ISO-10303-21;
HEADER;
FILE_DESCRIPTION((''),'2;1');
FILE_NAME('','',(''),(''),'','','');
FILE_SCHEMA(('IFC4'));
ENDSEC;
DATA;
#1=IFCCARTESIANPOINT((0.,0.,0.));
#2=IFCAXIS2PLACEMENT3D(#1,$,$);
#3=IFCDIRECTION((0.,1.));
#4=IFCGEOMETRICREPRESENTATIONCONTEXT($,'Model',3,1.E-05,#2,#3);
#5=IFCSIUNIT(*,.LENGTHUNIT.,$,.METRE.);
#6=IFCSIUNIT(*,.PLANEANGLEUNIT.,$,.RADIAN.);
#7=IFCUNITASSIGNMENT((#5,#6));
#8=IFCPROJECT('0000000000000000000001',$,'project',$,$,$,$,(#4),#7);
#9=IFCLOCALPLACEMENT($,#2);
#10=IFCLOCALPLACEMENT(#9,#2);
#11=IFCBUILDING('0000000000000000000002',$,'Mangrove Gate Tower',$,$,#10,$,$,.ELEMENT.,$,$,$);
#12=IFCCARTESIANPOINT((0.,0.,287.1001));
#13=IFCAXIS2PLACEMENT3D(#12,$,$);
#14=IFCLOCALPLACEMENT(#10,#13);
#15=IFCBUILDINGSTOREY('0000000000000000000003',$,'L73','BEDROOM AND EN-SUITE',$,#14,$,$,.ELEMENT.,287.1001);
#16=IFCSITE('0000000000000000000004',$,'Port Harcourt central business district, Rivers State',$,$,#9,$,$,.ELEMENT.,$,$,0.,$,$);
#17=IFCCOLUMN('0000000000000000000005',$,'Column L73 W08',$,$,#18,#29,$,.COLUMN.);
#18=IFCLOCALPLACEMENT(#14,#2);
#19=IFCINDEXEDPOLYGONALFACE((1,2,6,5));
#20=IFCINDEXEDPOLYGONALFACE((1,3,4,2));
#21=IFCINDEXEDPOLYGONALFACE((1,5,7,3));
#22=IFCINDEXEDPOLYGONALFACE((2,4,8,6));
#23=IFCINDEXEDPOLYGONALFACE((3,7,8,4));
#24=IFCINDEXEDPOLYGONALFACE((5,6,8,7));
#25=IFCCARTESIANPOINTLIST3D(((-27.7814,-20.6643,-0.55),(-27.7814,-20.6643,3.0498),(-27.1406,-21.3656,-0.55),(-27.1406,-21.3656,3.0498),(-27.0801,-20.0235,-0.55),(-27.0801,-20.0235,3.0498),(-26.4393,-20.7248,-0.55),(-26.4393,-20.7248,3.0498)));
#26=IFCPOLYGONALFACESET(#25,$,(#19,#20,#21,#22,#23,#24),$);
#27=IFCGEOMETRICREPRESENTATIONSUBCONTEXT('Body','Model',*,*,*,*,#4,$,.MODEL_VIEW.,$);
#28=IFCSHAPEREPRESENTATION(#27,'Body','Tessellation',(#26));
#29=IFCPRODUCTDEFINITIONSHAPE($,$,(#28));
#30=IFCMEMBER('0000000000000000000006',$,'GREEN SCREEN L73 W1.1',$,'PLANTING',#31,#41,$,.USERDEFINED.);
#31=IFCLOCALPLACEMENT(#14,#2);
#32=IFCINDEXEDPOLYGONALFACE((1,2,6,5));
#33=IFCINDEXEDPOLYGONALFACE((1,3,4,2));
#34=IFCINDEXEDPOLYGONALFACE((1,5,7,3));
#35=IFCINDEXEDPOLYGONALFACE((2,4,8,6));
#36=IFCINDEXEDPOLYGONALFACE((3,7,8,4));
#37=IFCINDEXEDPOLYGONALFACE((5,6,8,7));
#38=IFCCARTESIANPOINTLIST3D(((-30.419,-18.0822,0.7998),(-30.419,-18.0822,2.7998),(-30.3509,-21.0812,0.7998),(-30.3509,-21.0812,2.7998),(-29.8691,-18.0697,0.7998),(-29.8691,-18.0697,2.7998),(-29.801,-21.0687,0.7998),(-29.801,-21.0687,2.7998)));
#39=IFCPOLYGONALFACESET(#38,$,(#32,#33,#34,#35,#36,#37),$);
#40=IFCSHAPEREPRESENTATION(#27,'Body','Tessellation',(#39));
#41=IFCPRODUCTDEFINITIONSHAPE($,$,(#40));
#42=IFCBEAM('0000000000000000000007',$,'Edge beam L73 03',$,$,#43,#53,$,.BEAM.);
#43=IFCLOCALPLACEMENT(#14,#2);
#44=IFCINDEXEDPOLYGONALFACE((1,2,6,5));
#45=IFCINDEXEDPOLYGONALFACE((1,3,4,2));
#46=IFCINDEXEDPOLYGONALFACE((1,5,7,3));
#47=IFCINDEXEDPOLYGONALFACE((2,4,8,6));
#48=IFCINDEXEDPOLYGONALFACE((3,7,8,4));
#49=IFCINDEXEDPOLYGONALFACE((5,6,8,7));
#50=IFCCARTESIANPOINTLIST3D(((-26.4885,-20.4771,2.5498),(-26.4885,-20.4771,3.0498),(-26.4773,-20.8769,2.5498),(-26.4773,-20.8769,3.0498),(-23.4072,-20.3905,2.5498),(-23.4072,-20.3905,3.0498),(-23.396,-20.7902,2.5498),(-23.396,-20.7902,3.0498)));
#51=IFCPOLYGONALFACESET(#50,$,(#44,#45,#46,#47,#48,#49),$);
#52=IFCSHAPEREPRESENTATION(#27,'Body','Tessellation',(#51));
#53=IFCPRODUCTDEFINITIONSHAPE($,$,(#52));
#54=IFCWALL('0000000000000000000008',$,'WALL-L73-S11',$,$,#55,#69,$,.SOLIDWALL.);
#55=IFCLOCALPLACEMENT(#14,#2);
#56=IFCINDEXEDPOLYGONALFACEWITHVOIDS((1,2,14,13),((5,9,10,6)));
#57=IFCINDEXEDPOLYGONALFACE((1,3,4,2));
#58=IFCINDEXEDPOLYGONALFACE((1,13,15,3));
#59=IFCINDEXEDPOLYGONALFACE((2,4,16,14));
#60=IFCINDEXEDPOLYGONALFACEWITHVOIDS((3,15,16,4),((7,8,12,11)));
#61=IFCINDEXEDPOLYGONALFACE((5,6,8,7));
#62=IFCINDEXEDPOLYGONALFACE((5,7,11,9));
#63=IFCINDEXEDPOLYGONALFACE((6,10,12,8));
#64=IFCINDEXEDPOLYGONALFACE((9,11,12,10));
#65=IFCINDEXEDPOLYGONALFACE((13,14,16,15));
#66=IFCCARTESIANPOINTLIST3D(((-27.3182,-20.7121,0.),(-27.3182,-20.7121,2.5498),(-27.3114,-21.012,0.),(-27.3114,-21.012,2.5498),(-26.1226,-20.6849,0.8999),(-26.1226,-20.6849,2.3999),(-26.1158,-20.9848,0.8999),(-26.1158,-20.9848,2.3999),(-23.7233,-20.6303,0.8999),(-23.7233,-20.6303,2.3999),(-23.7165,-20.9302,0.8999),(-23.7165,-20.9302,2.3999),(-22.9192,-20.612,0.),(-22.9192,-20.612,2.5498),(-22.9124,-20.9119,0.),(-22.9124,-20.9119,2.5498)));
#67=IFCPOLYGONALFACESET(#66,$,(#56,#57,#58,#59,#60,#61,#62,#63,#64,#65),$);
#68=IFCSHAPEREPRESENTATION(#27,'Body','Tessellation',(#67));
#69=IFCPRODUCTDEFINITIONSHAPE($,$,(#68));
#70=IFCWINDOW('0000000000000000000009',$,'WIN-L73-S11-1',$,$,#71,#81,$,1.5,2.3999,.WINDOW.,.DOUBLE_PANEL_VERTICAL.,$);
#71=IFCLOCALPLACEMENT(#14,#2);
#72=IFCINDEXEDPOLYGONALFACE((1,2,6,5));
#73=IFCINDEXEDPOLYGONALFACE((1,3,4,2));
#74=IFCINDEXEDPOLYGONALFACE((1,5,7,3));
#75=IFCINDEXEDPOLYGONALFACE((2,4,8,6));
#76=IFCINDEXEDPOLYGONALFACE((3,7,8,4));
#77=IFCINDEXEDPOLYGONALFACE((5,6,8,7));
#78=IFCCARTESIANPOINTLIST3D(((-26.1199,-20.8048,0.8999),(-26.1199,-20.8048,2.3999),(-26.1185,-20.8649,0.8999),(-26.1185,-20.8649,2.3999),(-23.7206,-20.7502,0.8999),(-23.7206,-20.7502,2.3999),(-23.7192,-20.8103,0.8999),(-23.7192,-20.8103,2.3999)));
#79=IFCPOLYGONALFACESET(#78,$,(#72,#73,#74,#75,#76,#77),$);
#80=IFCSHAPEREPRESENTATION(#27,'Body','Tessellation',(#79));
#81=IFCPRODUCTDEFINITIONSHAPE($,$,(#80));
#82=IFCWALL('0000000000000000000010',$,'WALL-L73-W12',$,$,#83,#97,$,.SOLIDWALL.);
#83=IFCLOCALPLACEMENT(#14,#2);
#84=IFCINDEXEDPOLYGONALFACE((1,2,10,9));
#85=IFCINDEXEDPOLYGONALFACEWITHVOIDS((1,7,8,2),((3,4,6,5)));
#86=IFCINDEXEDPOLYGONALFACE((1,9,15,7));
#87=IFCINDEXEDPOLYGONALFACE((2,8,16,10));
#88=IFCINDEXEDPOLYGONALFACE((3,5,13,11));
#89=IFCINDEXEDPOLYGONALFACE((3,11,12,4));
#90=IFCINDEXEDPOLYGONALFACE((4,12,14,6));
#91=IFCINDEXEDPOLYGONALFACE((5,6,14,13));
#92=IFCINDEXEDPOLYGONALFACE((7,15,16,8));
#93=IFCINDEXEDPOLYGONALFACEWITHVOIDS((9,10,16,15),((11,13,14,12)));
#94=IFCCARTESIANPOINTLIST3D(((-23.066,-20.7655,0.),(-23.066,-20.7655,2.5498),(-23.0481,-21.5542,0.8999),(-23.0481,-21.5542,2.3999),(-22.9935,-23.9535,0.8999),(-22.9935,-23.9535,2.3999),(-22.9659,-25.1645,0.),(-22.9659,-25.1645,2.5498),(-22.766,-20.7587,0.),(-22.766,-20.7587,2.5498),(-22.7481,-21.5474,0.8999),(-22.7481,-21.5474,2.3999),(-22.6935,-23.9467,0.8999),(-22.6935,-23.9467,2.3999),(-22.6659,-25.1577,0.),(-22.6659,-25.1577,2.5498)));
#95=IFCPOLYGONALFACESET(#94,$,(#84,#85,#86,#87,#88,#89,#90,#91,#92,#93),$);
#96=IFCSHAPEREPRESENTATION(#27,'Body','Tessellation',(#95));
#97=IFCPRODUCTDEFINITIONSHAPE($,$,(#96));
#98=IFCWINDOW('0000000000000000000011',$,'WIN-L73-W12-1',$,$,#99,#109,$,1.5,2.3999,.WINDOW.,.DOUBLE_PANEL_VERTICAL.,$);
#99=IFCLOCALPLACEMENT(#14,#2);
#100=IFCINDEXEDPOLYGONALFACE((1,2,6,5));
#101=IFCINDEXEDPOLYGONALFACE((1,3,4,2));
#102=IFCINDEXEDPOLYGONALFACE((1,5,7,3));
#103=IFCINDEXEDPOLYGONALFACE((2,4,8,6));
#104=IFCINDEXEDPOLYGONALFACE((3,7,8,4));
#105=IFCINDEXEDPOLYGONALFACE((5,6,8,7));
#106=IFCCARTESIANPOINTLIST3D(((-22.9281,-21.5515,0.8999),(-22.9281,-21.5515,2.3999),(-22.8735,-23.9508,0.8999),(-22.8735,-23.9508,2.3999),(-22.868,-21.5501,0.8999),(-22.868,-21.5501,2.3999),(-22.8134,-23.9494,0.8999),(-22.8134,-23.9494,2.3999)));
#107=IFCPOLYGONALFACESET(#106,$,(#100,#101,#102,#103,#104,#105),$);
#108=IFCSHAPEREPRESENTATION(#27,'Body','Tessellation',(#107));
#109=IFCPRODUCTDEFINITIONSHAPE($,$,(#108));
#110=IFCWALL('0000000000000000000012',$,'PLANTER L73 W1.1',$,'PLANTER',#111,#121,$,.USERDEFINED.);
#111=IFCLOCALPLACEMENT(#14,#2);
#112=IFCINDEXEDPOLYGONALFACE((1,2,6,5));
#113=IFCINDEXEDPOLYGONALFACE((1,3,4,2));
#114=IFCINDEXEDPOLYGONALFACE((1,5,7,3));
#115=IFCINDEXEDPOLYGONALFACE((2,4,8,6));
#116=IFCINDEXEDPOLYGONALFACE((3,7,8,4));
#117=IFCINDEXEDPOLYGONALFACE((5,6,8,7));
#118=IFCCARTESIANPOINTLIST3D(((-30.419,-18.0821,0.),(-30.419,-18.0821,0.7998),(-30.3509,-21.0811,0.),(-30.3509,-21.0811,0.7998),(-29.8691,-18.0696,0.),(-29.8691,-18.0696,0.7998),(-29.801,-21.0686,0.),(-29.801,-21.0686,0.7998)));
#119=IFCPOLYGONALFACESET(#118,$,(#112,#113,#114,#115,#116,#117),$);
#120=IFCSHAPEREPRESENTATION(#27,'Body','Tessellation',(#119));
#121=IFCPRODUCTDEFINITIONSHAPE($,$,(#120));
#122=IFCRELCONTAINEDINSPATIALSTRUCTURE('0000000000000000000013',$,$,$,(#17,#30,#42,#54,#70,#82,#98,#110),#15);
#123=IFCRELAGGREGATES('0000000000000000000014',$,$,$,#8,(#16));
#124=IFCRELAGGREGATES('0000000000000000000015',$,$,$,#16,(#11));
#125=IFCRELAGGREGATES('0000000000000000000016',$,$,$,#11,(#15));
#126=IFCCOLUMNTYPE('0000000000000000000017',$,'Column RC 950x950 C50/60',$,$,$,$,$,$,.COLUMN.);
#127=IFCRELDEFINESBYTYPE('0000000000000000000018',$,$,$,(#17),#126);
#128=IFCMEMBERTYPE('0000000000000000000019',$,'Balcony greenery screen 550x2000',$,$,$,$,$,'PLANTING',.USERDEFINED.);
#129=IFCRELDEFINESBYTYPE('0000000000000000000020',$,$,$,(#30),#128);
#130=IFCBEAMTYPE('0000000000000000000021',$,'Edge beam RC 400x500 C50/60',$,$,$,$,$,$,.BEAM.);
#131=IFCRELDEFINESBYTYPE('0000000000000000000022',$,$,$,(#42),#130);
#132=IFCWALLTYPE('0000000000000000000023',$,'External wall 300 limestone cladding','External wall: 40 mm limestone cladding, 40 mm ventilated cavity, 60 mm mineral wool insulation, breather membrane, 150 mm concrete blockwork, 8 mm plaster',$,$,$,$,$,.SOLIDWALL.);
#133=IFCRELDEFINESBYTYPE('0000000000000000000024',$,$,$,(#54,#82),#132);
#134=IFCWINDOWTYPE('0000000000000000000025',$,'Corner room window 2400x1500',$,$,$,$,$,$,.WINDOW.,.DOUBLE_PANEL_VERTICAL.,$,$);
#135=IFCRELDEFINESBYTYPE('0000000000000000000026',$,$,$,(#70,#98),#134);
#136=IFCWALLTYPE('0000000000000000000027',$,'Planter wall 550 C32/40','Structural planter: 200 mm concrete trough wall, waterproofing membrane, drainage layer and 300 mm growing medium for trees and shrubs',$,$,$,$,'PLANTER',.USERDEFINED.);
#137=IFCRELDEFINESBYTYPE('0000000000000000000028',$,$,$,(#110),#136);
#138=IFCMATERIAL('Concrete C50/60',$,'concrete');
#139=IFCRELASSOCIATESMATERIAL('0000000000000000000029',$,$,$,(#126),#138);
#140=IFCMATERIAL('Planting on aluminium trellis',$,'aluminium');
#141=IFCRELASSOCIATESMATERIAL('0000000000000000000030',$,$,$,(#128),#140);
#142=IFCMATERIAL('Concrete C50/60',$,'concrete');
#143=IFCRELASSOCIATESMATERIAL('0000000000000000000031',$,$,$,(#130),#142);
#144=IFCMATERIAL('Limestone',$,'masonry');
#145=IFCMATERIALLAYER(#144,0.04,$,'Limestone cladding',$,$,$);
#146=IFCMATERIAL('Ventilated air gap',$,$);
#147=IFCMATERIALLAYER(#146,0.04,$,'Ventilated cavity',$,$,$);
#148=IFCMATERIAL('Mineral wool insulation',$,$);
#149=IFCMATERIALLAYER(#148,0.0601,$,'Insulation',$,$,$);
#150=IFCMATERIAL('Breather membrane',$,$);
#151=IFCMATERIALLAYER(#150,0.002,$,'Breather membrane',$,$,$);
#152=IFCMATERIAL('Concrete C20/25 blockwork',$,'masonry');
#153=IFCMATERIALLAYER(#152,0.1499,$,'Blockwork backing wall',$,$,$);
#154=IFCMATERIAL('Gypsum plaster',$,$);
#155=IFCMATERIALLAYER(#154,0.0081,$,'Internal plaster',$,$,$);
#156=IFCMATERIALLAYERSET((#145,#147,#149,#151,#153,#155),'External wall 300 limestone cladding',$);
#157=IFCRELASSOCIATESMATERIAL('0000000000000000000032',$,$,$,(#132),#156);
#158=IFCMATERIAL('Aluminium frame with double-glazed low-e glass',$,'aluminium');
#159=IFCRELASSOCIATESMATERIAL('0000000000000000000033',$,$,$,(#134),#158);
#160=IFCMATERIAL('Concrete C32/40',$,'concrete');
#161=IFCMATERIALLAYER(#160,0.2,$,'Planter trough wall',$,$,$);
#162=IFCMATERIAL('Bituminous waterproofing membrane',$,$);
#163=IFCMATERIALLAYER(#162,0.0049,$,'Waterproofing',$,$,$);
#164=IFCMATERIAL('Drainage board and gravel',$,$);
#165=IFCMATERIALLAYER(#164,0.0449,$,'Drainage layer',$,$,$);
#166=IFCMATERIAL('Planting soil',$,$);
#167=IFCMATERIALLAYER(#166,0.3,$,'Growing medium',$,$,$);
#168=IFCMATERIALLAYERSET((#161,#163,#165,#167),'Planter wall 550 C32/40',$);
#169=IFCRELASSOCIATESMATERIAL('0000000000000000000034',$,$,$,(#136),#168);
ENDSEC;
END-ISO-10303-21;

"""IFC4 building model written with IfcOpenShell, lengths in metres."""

from ifc_helpers import new_model, si_unit, direction, frame, frame_2d, origin, origin_2d, place, context, subcontext, project, spatial, rectangle, extrude, material, layer, layer_set, material_profile, profile_set, type_object, element, fill, save


model = new_model("IFC4")

# Units and contexts
model_context = context("Model", 3, precision=1e-05, world=origin(), true_north=direction((0.0, 1.0)))
body_context = subcontext(model_context, "Body", "Model", "MODEL_VIEW")
ifc_project = project(units=[si_unit("LENGTHUNIT", "METRE"), si_unit("PLANEANGLEUNIT", "RADIAN")], contexts=[model_context])

# Site, building, storey
site_placement = place(None, origin())
site = spatial("IfcSite", under=ifc_project, at=site_placement, Name="Port Harcourt central business district, Rivers State", CompositionType="ELEMENT", RefElevation=0.0)
building_placement = place(site_placement, origin())
building = spatial("IfcBuilding", under=site, at=building_placement, Name="Mangrove Gate Tower", CompositionType="ELEMENT")
storey_placement = place(building_placement, frame((0.0, 0.0, 287.1001)))
storey = spatial("IfcBuildingStorey", under=building, at=storey_placement, Name="L73", Description="BEDROOM AND EN-SUITE", CompositionType="ELEMENT", Elevation=287.1001)

# Column
ifc_material_1 = material(Name="Concrete C50/60", Category="concrete")
ifc_material_profile_1 = material_profile(ifc_material_1, rectangle(XDim=0.95, YDim=0.95, at=origin_2d()))
ifc_profile_set_1 = profile_set([ifc_material_profile_1], Name="Concrete C50/60")
column_type = type_object("IfcColumnType", Name="Column RC 950x950 C50/60", PredefinedType="COLUMN", material=ifc_profile_set_1)
column_placement = place(storey_placement, frame((-27.1104, -20.6946, -0.55), z_axis=(0.0, 0.0, 1.0), x_axis=(0.67456, -0.73822, 0.0)))
element("IfcColumn", 1, at=column_placement, inside=storey, type_object=column_type, Name="Column L73 W08", PredefinedType="COLUMN", context=body_context, shape_type="SweptSolid", body=[
    extrude(rectangle(XDim=0.95, YDim=0.95, at=origin_2d()), origin(), (0.0, 0.0, 1.0), 3.5999),
])

# Member
ifc_material_2 = material(Name="Planting on aluminium trellis", Category="aluminium")
ifc_material_profile_2 = material_profile(ifc_material_2, rectangle(XDim=0.55, YDim=2.0, at=origin_2d()))
ifc_profile_set_2 = profile_set([ifc_material_profile_2], Name="Planting on aluminium trellis")
member_type = type_object("IfcMemberType", Name="Balcony greenery screen 550x2000", ElementType="PLANTING", PredefinedType="USERDEFINED", material=ifc_profile_set_2)
member_placement = place(storey_placement, frame((-30.0759, -21.075, 1.7998), z_axis=(-0.022707, 0.999742, 0.0), x_axis=(-0.999742, -0.022707, 0.0)))
element("IfcMember", 2, at=member_placement, inside=storey, type_object=member_type, Name="GREEN SCREEN L73 W1.1", ObjectType="PLANTING", PredefinedType="USERDEFINED", context=body_context, shape_type="SweptSolid", body=[
    extrude(rectangle(XDim=0.55, YDim=2.0, at=origin_2d()), origin(), (0.0, 0.0, 1.0), 2.9998),
])

# Beam
ifc_material_3 = material(Name="Concrete C50/60", Category="concrete")
ifc_material_profile_3 = material_profile(ifc_material_3, rectangle(XDim=0.3999, YDim=0.5, at=origin_2d()))
ifc_profile_set_3 = profile_set([ifc_material_profile_3], Name="Concrete C50/60")
beam_type = type_object("IfcBeamType", Name="Edge beam RC 400x500 C50/60", PredefinedType="BEAM", material=ifc_profile_set_3)
beam_placement = place(storey_placement, frame((-26.4829, -20.677, 2.7998), z_axis=(0.999605, 0.028117, 0.0), x_axis=(-0.028117, 0.999605, 0.0)))
element("IfcBeam", 3, at=beam_placement, inside=storey, type_object=beam_type, Name="Edge beam L73 03", PredefinedType="BEAM", context=body_context, shape_type="SweptSolid", body=[
    extrude(rectangle(XDim=0.3999, YDim=0.5, at=origin_2d()), origin(), (0.0, 0.0, 1.0), 3.0825),
])

# Walls, openings, windows
ifc_material_4 = material(Name="Limestone", Category="masonry")
ifc_layer_1 = layer(ifc_material_4, 0.04, Name="Limestone cladding")
ifc_material_5 = material(Name="Ventilated air gap")
ifc_layer_2 = layer(ifc_material_5, 0.04, Name="Ventilated cavity")
ifc_material_6 = material(Name="Mineral wool insulation")
ifc_layer_3 = layer(ifc_material_6, 0.0601, Name="Insulation")
ifc_material_7 = material(Name="Breather membrane")
ifc_layer_4 = layer(ifc_material_7, 0.002, Name="Breather membrane")
ifc_material_8 = material(Name="Concrete C20/25 blockwork", Category="masonry")
ifc_layer_5 = layer(ifc_material_8, 0.1499, Name="Blockwork backing wall")
ifc_material_9 = material(Name="Gypsum plaster")
ifc_layer_6 = layer(ifc_material_9, 0.0081, Name="Internal plaster")
ifc_layer_set_1 = layer_set([ifc_layer_1, ifc_layer_2, ifc_layer_3, ifc_layer_4, ifc_layer_5, ifc_layer_6], Name="External wall 300 limestone cladding")
wall_type_1 = type_object("IfcWallType", Name="External wall 300 limestone cladding", Description="External wall: 40 mm limestone cladding, 40 mm ventilated cavity, 60 mm mineral wool insulation, breather membrane, 150 mm concrete blockwork, 8 mm plaster", PredefinedType="SOLIDWALL", material=ifc_layer_set_1)
wall_1_placement = place(storey_placement, frame((-27.3149, -20.8621, 0.0), z_axis=(0.0, 0.0, 1.0), x_axis=(0.999741, 0.022749, 0.0)))
wall_1 = element("IfcWall", 4, at=wall_1_placement, inside=storey, type_object=wall_type_1, Name="WALL-L73-S11", PredefinedType="SOLIDWALL", context=body_context, shape_type="SweptSolid", body=[
    extrude(rectangle(XDim=4.4001, YDim=0.3, at=frame_2d((2.2002, 0.0))), origin(), (0.0, 0.0, 1.0), 2.5498),
])
opening_1_placement = place(wall_1_placement, frame((1.196, 0.0, 0.8999)))
opening_1 = element("IfcOpeningElement", 5, at=opening_1_placement, cuts=wall_1, PredefinedType="OPENING", context=body_context, shape_type="SweptSolid", body=[
    extrude(rectangle(XDim=2.3999, YDim=1.5, at=frame_2d((1.2, 0.75))), frame((0.0, 0.1599, 0.0), z_axis=(0.0, -1.0, 0.0), x_axis=(1.0, 0.0, 0.0)), (0.0, 0.0, 1.0), 0.3201),
])
ifc_material_10 = material(Name="Aluminium frame with double-glazed low-e glass", Category="aluminium")
window_type = type_object("IfcWindowType", Name="Corner room window 2400x1500", PartitioningType="DOUBLE_PANEL_VERTICAL", PredefinedType="WINDOW", material=ifc_material_10)
window_1_placement = place(opening_1_placement, origin())
window_1 = element("IfcWindow", 6, at=window_1_placement, inside=storey, type_object=window_type, Name="WIN-L73-S11-1", OverallHeight=1.5, OverallWidth=2.3999, PartitioningType="DOUBLE_PANEL_VERTICAL", PredefinedType="WINDOW", context=body_context, shape_type="SweptSolid", body=[
    extrude(rectangle(XDim=2.3999, YDim=1.5, at=frame_2d((1.2, 0.75))), frame((0.0, 0.03, 0.0), z_axis=(0.0, -1.0, 0.0), x_axis=(1.0, 0.0, 0.0)), (0.0, 0.0, 1.0), 0.0601),
])
fill(opening_1, window_1)
wall_2_placement = place(storey_placement, frame((-22.916, -20.762, 0.0), z_axis=(0.0, 0.0, 1.0), x_axis=(0.022749, -0.999741, 0.0)))
wall_2 = element("IfcWall", 7, at=wall_2_placement, inside=storey, type_object=wall_type_1, Name="WALL-L73-W12", PredefinedType="SOLIDWALL", context=body_context, shape_type="SweptSolid", body=[
    extrude(rectangle(XDim=4.4001, YDim=0.3, at=frame_2d((2.2002, 0.0))), origin(), (0.0, 0.0, 1.0), 2.5498),
])
opening_2_placement = place(wall_2_placement, frame((0.7891, 0.0, 0.8999)))
opening_2 = element("IfcOpeningElement", 8, at=opening_2_placement, cuts=wall_2, PredefinedType="OPENING", context=body_context, shape_type="SweptSolid", body=[
    extrude(rectangle(XDim=2.3999, YDim=1.5, at=frame_2d((1.2, 0.75))), frame((0.0, 0.1599, 0.0), z_axis=(0.0, -1.0, 0.0), x_axis=(1.0, 0.0, 0.0)), (0.0, 0.0, 1.0), 0.3201),
])
window_2_placement = place(opening_2_placement, origin())
window_2 = element("IfcWindow", 9, at=window_2_placement, inside=storey, type_object=window_type, Name="WIN-L73-W12-1", OverallHeight=1.5, OverallWidth=2.3999, PartitioningType="DOUBLE_PANEL_VERTICAL", PredefinedType="WINDOW", context=body_context, shape_type="SweptSolid", body=[
    extrude(rectangle(XDim=2.3999, YDim=1.5, at=frame_2d((1.2, 0.75))), frame((0.0, 0.03, 0.0), z_axis=(0.0, -1.0, 0.0), x_axis=(1.0, 0.0, 0.0)), (0.0, 0.0, 1.0), 0.0601),
])
fill(opening_2, window_2)

# Wall
ifc_material_11 = material(Name="Concrete C32/40", Category="concrete")
ifc_layer_7 = layer(ifc_material_11, 0.2, Name="Planter trough wall")
ifc_material_12 = material(Name="Bituminous waterproofing membrane")
ifc_layer_8 = layer(ifc_material_12, 0.0049, Name="Waterproofing")
ifc_material_13 = material(Name="Drainage board and gravel")
ifc_layer_9 = layer(ifc_material_13, 0.0449, Name="Drainage layer")
ifc_material_14 = material(Name="Planting soil")
ifc_layer_10 = layer(ifc_material_14, 0.3, Name="Growing medium")
ifc_layer_set_2 = layer_set([ifc_layer_7, ifc_layer_8, ifc_layer_9, ifc_layer_10], Name="Planter wall 550 C32/40")
wall_type_2 = type_object("IfcWallType", Name="Planter wall 550 C32/40", Description="Structural planter: 200 mm concrete trough wall, waterproofing membrane, drainage layer and 300 mm growing medium for trees and shrubs", ElementType="PLANTER", PredefinedType="USERDEFINED", material=ifc_layer_set_2)
wall_3_placement = place(storey_placement, frame((-30.0759, -21.075, 0.0), z_axis=(0.0, 0.0, 1.0), x_axis=(-0.022707, 0.999742, 0.0)))
element("IfcWall", 10, at=wall_3_placement, inside=storey, type_object=wall_type_2, Name="PLANTER L73 W1.1", ObjectType="PLANTER", PredefinedType="USERDEFINED", context=body_context, shape_type="SweptSolid", body=[
    extrude(rectangle(XDim=2.9998, YDim=0.55, at=frame_2d((1.5, 0.0))), origin(), (0.0, 0.0, 1.0), 0.7998),
])

save(model, "model.ifc")
